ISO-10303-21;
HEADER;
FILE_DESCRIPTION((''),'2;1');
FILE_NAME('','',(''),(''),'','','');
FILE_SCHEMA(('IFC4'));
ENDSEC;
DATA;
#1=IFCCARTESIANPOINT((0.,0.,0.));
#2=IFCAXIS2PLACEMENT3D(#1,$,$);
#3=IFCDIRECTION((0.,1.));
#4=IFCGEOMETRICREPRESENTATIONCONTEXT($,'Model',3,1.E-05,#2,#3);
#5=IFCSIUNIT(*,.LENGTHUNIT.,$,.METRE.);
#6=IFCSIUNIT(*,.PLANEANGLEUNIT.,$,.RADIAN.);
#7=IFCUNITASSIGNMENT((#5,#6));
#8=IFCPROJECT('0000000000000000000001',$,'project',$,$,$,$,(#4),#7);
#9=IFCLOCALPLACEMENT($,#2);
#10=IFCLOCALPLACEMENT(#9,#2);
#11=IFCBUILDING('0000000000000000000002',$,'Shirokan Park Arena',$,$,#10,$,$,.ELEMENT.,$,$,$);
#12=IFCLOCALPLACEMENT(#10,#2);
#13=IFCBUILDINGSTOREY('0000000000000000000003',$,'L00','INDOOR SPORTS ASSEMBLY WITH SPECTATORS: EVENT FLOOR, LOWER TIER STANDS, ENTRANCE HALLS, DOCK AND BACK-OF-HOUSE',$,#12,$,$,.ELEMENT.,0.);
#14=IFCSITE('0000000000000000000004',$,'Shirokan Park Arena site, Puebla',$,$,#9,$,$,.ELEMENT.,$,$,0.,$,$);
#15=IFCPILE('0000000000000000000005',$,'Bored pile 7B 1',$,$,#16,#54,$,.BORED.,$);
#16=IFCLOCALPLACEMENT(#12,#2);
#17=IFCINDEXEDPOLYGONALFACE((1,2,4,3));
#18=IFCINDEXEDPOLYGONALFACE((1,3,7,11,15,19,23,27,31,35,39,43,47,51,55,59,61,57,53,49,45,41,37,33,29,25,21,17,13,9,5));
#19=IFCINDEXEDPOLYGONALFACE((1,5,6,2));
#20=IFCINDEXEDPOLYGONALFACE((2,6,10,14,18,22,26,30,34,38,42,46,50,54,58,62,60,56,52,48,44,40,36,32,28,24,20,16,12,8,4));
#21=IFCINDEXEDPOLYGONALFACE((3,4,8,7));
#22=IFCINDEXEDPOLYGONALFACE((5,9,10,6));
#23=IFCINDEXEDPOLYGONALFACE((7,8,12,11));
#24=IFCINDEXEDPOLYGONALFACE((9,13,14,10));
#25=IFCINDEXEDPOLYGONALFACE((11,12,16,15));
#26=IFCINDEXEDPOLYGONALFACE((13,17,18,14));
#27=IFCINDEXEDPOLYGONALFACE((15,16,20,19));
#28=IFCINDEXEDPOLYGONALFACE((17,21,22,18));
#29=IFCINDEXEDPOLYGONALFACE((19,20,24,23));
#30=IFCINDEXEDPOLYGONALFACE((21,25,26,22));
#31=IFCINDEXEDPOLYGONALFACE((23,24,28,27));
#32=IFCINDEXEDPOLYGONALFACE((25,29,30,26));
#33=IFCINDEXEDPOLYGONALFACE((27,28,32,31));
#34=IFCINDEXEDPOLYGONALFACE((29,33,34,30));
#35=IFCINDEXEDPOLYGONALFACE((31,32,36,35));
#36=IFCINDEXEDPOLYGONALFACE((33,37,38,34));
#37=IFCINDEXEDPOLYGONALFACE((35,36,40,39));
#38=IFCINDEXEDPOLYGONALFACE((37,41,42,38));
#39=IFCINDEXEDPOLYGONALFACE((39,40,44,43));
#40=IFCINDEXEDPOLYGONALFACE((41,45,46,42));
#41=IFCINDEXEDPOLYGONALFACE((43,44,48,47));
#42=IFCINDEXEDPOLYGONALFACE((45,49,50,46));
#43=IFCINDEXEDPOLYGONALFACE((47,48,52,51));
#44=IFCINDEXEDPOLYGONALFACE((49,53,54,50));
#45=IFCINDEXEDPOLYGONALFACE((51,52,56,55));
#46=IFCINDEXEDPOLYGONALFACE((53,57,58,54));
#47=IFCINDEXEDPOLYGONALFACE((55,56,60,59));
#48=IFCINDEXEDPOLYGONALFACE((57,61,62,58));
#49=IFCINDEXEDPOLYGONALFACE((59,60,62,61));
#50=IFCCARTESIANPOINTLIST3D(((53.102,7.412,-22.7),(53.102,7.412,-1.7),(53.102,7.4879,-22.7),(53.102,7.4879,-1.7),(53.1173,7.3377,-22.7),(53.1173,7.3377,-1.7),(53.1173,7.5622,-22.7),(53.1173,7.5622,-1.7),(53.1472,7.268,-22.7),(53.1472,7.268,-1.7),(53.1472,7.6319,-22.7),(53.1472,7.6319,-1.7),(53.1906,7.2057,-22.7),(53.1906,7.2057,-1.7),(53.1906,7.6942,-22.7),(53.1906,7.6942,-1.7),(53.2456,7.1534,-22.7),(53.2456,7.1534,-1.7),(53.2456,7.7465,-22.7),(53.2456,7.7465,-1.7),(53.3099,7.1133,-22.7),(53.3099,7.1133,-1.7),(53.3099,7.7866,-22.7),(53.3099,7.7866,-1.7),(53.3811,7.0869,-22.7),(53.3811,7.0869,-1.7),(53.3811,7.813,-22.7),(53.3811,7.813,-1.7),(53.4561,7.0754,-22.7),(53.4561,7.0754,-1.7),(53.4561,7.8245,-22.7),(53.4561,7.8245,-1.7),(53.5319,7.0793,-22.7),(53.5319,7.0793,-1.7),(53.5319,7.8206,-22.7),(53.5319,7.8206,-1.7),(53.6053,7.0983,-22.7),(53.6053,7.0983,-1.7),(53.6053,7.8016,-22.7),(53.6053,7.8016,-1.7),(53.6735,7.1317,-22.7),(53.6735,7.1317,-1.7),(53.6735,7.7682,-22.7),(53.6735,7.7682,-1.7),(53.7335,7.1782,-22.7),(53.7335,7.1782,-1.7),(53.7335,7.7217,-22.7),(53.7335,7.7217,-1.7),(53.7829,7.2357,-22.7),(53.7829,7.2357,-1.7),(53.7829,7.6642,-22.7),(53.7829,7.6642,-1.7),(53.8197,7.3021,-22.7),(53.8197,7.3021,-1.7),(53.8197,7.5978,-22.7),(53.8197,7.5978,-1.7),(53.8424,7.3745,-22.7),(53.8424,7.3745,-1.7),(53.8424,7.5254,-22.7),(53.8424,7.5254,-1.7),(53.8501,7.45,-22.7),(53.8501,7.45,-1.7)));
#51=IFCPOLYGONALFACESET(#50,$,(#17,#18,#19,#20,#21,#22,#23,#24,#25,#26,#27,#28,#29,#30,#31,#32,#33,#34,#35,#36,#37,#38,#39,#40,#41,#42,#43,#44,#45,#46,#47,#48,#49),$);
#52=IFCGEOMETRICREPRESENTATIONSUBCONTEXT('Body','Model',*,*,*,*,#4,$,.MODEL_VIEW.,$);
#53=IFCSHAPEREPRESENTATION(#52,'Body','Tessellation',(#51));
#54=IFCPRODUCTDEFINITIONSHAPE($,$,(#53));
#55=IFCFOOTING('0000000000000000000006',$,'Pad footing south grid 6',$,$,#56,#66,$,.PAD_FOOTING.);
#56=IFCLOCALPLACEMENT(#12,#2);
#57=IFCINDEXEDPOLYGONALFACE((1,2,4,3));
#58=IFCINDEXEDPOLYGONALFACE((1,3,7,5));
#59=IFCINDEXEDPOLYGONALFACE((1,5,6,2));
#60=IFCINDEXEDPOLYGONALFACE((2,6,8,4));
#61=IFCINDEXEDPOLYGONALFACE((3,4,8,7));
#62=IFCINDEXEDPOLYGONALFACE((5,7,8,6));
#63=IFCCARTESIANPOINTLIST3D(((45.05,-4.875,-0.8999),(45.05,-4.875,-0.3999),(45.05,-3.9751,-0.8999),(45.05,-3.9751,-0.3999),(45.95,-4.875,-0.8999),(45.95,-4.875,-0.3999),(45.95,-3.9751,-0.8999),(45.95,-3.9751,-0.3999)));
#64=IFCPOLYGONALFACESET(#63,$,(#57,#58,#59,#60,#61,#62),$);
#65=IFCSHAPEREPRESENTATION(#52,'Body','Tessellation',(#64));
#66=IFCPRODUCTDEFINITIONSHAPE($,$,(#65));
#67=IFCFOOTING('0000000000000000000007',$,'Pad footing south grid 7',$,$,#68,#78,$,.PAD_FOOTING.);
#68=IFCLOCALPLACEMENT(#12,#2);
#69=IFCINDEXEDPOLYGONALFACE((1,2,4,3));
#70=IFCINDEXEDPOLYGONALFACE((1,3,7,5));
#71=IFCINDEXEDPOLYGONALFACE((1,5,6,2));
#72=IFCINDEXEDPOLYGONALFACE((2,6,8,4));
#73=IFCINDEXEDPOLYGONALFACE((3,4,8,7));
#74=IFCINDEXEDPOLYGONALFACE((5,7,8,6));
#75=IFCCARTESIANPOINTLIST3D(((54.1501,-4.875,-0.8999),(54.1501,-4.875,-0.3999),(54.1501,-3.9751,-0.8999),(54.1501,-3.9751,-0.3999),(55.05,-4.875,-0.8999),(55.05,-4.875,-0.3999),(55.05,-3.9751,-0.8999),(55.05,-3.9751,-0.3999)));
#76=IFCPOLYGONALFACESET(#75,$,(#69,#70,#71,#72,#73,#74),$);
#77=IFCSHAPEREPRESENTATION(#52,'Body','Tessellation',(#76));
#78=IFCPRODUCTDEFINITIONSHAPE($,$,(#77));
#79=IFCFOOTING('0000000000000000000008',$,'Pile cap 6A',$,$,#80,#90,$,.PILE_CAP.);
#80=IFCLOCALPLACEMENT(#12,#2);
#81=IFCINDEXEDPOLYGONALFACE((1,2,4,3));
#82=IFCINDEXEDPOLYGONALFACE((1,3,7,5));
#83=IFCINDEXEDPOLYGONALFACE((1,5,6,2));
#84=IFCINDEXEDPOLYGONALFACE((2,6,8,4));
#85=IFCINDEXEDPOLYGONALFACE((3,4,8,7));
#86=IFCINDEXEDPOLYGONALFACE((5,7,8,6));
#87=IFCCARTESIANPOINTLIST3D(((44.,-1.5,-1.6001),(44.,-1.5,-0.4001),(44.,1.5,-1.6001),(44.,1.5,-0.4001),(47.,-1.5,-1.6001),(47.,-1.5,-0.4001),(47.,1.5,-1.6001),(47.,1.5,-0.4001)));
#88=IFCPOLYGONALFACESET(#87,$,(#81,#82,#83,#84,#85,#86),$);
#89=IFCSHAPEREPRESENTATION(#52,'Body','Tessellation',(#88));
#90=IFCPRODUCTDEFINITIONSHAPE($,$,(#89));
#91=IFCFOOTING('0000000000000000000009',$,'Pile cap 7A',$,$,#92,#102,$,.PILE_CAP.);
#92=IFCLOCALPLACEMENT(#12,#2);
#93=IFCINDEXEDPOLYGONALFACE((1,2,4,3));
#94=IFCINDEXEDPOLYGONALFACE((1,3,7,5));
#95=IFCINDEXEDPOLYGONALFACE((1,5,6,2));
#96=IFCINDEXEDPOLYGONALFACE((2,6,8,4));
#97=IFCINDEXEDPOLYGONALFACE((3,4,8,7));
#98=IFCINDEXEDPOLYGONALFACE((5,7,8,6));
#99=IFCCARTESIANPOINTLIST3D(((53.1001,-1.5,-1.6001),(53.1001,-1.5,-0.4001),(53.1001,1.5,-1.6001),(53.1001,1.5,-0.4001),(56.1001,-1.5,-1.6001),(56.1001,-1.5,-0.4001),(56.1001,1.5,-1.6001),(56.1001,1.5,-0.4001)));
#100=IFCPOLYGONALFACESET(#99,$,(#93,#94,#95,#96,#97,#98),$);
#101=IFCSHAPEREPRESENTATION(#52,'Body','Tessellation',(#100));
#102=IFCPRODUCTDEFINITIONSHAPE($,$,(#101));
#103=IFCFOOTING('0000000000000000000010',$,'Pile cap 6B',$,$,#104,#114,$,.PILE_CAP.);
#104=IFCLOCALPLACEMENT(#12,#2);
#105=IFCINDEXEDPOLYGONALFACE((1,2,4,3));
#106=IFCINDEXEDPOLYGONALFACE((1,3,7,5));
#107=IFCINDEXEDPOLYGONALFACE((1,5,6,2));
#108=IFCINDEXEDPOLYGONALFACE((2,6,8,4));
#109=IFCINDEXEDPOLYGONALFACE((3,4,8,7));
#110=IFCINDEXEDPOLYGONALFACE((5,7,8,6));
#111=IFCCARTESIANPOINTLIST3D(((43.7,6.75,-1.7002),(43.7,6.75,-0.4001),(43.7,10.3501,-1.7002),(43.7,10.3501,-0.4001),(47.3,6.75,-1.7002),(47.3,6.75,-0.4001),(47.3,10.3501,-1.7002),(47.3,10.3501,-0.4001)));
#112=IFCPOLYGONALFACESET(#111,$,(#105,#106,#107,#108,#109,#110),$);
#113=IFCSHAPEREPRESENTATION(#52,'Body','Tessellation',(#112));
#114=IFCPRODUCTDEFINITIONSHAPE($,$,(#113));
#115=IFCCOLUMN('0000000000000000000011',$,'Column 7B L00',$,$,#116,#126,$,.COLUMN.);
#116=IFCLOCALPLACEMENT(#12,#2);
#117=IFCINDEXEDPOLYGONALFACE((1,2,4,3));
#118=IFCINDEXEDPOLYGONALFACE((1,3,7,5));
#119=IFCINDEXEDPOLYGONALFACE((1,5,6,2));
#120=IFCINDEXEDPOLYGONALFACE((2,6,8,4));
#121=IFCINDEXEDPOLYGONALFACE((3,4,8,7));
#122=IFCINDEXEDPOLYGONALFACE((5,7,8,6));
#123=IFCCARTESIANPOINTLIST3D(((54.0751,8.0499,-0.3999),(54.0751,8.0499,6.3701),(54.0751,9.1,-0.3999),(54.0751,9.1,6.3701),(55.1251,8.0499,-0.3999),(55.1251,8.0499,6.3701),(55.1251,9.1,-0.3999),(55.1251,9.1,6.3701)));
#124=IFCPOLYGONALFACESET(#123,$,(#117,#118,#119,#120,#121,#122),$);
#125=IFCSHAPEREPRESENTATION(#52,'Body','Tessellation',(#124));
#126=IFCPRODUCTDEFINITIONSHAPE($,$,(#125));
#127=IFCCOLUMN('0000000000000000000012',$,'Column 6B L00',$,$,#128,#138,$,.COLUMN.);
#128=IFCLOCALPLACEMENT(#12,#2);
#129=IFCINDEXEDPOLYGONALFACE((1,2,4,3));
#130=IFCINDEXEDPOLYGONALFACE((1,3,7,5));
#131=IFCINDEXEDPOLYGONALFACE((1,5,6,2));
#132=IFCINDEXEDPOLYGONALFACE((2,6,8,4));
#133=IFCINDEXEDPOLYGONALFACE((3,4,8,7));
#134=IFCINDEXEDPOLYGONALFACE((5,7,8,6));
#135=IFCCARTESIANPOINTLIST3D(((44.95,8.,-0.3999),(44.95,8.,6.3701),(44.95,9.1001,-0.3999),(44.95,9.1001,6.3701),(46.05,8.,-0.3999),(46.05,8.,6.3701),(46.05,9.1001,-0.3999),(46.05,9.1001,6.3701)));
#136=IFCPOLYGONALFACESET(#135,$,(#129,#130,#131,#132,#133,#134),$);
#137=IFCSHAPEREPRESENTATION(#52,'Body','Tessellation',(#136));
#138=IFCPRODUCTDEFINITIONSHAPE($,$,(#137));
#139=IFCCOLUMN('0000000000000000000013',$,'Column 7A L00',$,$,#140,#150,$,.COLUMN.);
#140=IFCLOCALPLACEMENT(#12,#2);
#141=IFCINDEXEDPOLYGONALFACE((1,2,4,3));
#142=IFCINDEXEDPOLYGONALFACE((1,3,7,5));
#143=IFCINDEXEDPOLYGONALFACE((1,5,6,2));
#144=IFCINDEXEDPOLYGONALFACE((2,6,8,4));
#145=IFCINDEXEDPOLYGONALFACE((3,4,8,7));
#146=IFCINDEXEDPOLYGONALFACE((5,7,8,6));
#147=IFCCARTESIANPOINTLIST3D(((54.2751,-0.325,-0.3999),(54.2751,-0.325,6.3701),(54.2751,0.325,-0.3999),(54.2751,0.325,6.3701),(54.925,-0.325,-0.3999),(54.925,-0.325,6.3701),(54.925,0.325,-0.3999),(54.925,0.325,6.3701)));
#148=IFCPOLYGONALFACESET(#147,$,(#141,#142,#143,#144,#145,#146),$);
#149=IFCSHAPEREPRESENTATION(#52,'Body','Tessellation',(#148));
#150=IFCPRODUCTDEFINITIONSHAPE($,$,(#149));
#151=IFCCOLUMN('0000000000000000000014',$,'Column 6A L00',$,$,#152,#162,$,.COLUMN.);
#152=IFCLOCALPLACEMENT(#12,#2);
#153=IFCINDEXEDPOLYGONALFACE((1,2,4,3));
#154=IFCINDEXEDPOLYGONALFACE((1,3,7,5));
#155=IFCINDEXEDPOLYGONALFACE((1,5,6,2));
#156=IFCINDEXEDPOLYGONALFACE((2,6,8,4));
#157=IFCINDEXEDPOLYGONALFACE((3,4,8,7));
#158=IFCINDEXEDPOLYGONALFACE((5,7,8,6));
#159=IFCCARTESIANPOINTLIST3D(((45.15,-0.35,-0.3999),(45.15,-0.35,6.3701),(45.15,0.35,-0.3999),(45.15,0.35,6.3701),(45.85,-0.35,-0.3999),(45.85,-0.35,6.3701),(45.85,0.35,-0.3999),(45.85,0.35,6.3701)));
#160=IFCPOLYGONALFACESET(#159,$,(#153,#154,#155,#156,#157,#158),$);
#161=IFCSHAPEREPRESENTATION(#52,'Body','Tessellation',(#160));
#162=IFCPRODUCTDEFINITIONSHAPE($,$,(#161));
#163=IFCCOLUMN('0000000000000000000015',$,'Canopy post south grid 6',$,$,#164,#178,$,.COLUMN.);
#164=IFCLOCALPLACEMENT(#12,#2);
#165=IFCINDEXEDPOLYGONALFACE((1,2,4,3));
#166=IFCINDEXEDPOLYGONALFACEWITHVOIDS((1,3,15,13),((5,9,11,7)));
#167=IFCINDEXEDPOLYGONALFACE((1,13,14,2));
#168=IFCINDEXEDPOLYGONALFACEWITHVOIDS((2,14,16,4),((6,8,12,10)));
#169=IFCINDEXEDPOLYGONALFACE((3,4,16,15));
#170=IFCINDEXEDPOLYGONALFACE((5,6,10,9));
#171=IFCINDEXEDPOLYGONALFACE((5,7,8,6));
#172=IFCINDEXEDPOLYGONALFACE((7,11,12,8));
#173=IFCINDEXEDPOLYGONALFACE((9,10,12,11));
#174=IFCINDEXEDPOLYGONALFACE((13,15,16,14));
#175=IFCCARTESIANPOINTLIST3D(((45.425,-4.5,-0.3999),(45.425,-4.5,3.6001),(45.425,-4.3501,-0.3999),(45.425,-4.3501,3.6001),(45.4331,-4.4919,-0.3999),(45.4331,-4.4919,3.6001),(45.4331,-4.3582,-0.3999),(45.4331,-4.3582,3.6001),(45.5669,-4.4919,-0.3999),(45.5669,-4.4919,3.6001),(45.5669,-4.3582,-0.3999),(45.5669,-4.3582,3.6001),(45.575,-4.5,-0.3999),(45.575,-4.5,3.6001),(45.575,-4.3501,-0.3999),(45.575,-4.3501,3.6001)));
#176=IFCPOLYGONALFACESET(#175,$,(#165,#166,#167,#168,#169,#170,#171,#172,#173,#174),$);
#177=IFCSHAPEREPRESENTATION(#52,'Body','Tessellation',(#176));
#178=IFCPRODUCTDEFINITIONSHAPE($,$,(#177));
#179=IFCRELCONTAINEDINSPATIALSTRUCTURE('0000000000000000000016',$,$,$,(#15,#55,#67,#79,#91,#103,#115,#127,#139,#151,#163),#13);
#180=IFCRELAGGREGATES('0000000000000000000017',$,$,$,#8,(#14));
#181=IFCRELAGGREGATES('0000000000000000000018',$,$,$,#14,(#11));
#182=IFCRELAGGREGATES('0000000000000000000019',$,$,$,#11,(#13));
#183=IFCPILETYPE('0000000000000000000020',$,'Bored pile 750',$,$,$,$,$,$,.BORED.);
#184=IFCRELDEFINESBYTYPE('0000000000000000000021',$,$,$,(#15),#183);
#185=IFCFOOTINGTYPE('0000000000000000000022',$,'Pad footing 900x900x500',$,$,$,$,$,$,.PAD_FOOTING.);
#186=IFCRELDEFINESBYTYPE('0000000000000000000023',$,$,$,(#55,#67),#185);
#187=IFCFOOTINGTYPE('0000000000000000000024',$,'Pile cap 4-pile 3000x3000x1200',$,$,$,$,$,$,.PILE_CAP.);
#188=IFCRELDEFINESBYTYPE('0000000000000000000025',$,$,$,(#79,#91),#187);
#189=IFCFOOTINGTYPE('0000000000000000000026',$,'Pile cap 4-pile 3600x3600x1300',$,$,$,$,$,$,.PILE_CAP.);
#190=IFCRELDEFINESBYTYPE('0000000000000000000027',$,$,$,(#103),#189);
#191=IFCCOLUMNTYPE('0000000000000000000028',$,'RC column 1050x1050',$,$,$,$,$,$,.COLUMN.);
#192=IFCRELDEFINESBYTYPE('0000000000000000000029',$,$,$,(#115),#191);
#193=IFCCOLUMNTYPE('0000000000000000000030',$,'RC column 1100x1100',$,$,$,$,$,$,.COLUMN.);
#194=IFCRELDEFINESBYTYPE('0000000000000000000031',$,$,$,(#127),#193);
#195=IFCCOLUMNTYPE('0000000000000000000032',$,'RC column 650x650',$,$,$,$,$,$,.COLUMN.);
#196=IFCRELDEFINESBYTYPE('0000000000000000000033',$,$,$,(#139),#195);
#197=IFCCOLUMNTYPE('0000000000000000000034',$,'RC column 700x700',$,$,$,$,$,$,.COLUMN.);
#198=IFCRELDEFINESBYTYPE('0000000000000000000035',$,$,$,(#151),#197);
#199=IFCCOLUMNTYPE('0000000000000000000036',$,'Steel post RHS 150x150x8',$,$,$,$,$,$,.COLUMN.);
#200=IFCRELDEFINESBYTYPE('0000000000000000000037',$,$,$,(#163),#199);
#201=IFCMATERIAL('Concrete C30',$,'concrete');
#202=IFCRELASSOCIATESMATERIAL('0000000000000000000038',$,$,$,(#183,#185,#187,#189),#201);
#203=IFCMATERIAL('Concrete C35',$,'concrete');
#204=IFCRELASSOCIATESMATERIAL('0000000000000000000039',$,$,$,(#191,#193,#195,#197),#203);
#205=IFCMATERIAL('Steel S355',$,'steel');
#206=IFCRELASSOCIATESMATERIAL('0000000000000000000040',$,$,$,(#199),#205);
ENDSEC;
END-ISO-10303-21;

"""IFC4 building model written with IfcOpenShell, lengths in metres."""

from ifc_helpers import new_model, si_unit, direction, frame, origin, origin_2d, place, context, subcontext, project, spatial, rectangle, hollow_rectangle, circle, extrude, material, material_profile, profile_set, type_object, element, save


model = new_model("IFC4")

# Units and contexts
model_context = context("Model", 3, precision=1e-05, world=origin(), true_north=direction((0.0, 1.0)))
body_context = subcontext(model_context, "Body", "Model", "MODEL_VIEW")
ifc_project = project(units=[si_unit("LENGTHUNIT", "METRE"), si_unit("PLANEANGLEUNIT", "RADIAN")], contexts=[model_context])

# Site, building, storey
site_placement = place(None, origin())
site = spatial("IfcSite", under=ifc_project, at=site_placement, Name="Shirokan Park Arena site, Puebla", CompositionType="ELEMENT", RefElevation=0.0)
building_placement = place(site_placement, origin())
building = spatial("IfcBuilding", under=site, at=building_placement, Name="Shirokan Park Arena", CompositionType="ELEMENT")
storey_placement = place(building_placement, origin())
storey = spatial("IfcBuildingStorey", under=building, at=storey_placement, Name="L00", Description="INDOOR SPORTS ASSEMBLY WITH SPECTATORS: EVENT FLOOR, LOWER TIER STANDS, ENTRANCE HALLS, DOCK AND BACK-OF-HOUSE", CompositionType="ELEMENT", Elevation=0.0)

# Pile
ifc_material_1 = material(Name="Concrete C30", Category="concrete")
ifc_material_profile_1 = material_profile(ifc_material_1, circle(Radius=0.375, at=origin_2d()), Name="D750")
ifc_profile_set_1 = profile_set([ifc_material_profile_1], Name="Concrete C30")
pile_type_1 = type_object("IfcPileType", Name="Bored pile 750", PredefinedType="BORED", material=ifc_profile_set_1)
for number, where, z_axis, x_axis, name in (
    (1, (53.4751, 7.45, -1.7), (0.0, 0.0, -1.0), (1.0, 0.0, 0.0), "Bored pile 7B 1"),
):
    element("IfcPile", number, at=place(storey_placement, frame(where, z_axis=z_axis, x_axis=x_axis)), inside=storey, type_object=pile_type_1, Name=name, PredefinedType="BORED", context=body_context, shape_type="SweptSolid", body=[
        extrude(circle(Radius=0.375, at=origin_2d()), origin(), (0.0, 0.0, 1.0), 21.0),
    ])

# Footings
footing_type_1 = type_object("IfcFootingType", Name="Pad footing 900x900x500", PredefinedType="PAD_FOOTING", material=ifc_material_1)
for number, where, z_axis, x_axis, name in (
    (2, (45.5, -4.425, -0.8999), (0.0, 0.0, 1.0), (1.0, 0.0, 0.0), "Pad footing south grid 6"),
    (3, (54.6001, -4.425, -0.8999), (0.0, 0.0, 1.0), (1.0, 0.0, 0.0), "Pad footing south grid 7"),
):
    element("IfcFooting", number, at=place(storey_placement, frame(where, z_axis=z_axis, x_axis=x_axis)), inside=storey, type_object=footing_type_1, Name=name, PredefinedType="PAD_FOOTING", context=body_context, shape_type="SweptSolid", body=[
        extrude(rectangle(XDim=0.8999, YDim=0.8999, at=origin_2d()), origin(), (0.0, 0.0, 1.0), 0.5),
    ])
footing_type_2 = type_object("IfcFootingType", Name="Pile cap 4-pile 3000x3000x1200", PredefinedType="PILE_CAP", material=ifc_material_1)
for number, where, z_axis, x_axis, name in (
    (4, (45.5, 0.0, -1.6001), (0.0, 0.0, 1.0), (1.0, 0.0, 0.0), "Pile cap 6A"),
    (5, (54.6001, 0.0, -1.6001), (0.0, 0.0, 1.0), (1.0, 0.0, 0.0), "Pile cap 7A"),
):
    element("IfcFooting", number, at=place(storey_placement, frame(where, z_axis=z_axis, x_axis=x_axis)), inside=storey, type_object=footing_type_2, Name=name, PredefinedType="PILE_CAP", context=body_context, shape_type="SweptSolid", body=[
        extrude(rectangle(XDim=3.0, YDim=3.0, at=origin_2d()), origin(), (0.0, 0.0, 1.0), 1.2),
    ])
footing_type_3 = type_object("IfcFootingType", Name="Pile cap 4-pile 3600x3600x1300", PredefinedType="PILE_CAP", material=ifc_material_1)
footing_placement = place(storey_placement, frame((45.5, 8.55, -1.7002), z_axis=(0.0, 0.0, 1.0), x_axis=(1.0, 0.0, 0.0)))
element("IfcFooting", 6, at=footing_placement, inside=storey, type_object=footing_type_3, Name="Pile cap 6B", PredefinedType="PILE_CAP", context=body_context, shape_type="SweptSolid", body=[
    extrude(rectangle(XDim=3.6001, YDim=3.6001, at=origin_2d()), origin(), (0.0, 0.0, 1.0), 1.3),
])

# Columns
ifc_material_2 = material(Name="Concrete C35", Category="concrete")
ifc_material_profile_2 = material_profile(ifc_material_2, rectangle(XDim=1.05, YDim=1.05, at=origin_2d()), Name="1050x1050")
ifc_profile_set_2 = profile_set([ifc_material_profile_2], Name="Concrete C35")
column_type_1 = type_object("IfcColumnType", Name="RC column 1050x1050", PredefinedType="COLUMN", material=ifc_profile_set_2)
column_1_placement = place(storey_placement, frame((54.6001, 8.575, -0.3999), z_axis=(0.0, 0.0, 1.0), x_axis=(1.0, 0.0, 0.0)))
element("IfcColumn", 7, at=column_1_placement, inside=storey, type_object=column_type_1, Name="Column 7B L00", PredefinedType="COLUMN", context=body_context, shape_type="SweptSolid", body=[
    extrude(rectangle(XDim=1.05, YDim=1.05, at=origin_2d()), origin(), (0.0, 0.0, 1.0), 6.77),
])
ifc_material_profile_3 = material_profile(ifc_material_2, rectangle(XDim=1.1001, YDim=1.1001, at=origin_2d()), Name="1100x1100")
ifc_profile_set_3 = profile_set([ifc_material_profile_3], Name="Concrete C35")
column_type_2 = type_object("IfcColumnType", Name="RC column 1100x1100", PredefinedType="COLUMN", material=ifc_profile_set_3)
column_2_placement = place(storey_placement, frame((45.5, 8.55, -0.3999), z_axis=(0.0, 0.0, 1.0), x_axis=(1.0, 0.0, 0.0)))
element("IfcColumn", 8, at=column_2_placement, inside=storey, type_object=column_type_2, Name="Column 6B L00", PredefinedType="COLUMN", context=body_context, shape_type="SweptSolid", body=[
    extrude(rectangle(XDim=1.1001, YDim=1.1001, at=origin_2d()), origin(), (0.0, 0.0, 1.0), 6.77),
])
ifc_material_profile_4 = material_profile(ifc_material_2, rectangle(XDim=0.6499, YDim=0.6499, at=origin_2d()), Name="650x650")
ifc_profile_set_4 = profile_set([ifc_material_profile_4], Name="Concrete C35")
column_type_3 = type_object("IfcColumnType", Name="RC column 650x650", PredefinedType="COLUMN", material=ifc_profile_set_4)
column_3_placement = place(storey_placement, frame((54.6001, 0.0, -0.3999), z_axis=(0.0, 0.0, 1.0), x_axis=(1.0, 0.0, 0.0)))
element("IfcColumn", 9, at=column_3_placement, inside=storey, type_object=column_type_3, Name="Column 7A L00", PredefinedType="COLUMN", context=body_context, shape_type="SweptSolid", body=[
    extrude(rectangle(XDim=0.6499, YDim=0.6499, at=origin_2d()), origin(), (0.0, 0.0, 1.0), 6.77),
])
ifc_material_profile_5 = material_profile(ifc_material_2, rectangle(XDim=0.7, YDim=0.7, at=origin_2d()), Name="700x700")
ifc_profile_set_5 = profile_set([ifc_material_profile_5], Name="Concrete C35")
column_type_4 = type_object("IfcColumnType", Name="RC column 700x700", PredefinedType="COLUMN", material=ifc_profile_set_5)
column_4_placement = place(storey_placement, frame((45.5, 0.0, -0.3999), z_axis=(0.0, 0.0, 1.0), x_axis=(1.0, 0.0, 0.0)))
element("IfcColumn", 10, at=column_4_placement, inside=storey, type_object=column_type_4, Name="Column 6A L00", PredefinedType="COLUMN", context=body_context, shape_type="SweptSolid", body=[
    extrude(rectangle(XDim=0.7, YDim=0.7, at=origin_2d()), origin(), (0.0, 0.0, 1.0), 6.77),
])
ifc_material_3 = material(Name="Steel S355", Category="steel")
ifc_material_profile_6 = material_profile(ifc_material_3, hollow_rectangle(XDim=0.1499, YDim=0.1499, WallThickness=0.0081, at=origin_2d()), Name="RHS 150x150x8")
ifc_profile_set_6 = profile_set([ifc_material_profile_6], Name="Steel S355")
column_type_5 = type_object("IfcColumnType", Name="Steel post RHS 150x150x8", PredefinedType="COLUMN", material=ifc_profile_set_6)
for number, where, z_axis, x_axis, name in (
    (11, (45.5, -4.425, -0.3999), (0.0, 0.0, 1.0), (1.0, 0.0, 0.0), "Canopy post south grid 6"),
):
    element("IfcColumn", number, at=place(storey_placement, frame(where, z_axis=z_axis, x_axis=x_axis)), inside=storey, type_object=column_type_5, Name=name, PredefinedType="COLUMN", context=body_context, shape_type="SweptSolid", body=[
        extrude(hollow_rectangle(XDim=0.1499, YDim=0.1499, WallThickness=0.0081, at=origin_2d()), origin(), (0.0, 0.0, 1.0), 4.0),
    ])

save(model, "model.ifc")
